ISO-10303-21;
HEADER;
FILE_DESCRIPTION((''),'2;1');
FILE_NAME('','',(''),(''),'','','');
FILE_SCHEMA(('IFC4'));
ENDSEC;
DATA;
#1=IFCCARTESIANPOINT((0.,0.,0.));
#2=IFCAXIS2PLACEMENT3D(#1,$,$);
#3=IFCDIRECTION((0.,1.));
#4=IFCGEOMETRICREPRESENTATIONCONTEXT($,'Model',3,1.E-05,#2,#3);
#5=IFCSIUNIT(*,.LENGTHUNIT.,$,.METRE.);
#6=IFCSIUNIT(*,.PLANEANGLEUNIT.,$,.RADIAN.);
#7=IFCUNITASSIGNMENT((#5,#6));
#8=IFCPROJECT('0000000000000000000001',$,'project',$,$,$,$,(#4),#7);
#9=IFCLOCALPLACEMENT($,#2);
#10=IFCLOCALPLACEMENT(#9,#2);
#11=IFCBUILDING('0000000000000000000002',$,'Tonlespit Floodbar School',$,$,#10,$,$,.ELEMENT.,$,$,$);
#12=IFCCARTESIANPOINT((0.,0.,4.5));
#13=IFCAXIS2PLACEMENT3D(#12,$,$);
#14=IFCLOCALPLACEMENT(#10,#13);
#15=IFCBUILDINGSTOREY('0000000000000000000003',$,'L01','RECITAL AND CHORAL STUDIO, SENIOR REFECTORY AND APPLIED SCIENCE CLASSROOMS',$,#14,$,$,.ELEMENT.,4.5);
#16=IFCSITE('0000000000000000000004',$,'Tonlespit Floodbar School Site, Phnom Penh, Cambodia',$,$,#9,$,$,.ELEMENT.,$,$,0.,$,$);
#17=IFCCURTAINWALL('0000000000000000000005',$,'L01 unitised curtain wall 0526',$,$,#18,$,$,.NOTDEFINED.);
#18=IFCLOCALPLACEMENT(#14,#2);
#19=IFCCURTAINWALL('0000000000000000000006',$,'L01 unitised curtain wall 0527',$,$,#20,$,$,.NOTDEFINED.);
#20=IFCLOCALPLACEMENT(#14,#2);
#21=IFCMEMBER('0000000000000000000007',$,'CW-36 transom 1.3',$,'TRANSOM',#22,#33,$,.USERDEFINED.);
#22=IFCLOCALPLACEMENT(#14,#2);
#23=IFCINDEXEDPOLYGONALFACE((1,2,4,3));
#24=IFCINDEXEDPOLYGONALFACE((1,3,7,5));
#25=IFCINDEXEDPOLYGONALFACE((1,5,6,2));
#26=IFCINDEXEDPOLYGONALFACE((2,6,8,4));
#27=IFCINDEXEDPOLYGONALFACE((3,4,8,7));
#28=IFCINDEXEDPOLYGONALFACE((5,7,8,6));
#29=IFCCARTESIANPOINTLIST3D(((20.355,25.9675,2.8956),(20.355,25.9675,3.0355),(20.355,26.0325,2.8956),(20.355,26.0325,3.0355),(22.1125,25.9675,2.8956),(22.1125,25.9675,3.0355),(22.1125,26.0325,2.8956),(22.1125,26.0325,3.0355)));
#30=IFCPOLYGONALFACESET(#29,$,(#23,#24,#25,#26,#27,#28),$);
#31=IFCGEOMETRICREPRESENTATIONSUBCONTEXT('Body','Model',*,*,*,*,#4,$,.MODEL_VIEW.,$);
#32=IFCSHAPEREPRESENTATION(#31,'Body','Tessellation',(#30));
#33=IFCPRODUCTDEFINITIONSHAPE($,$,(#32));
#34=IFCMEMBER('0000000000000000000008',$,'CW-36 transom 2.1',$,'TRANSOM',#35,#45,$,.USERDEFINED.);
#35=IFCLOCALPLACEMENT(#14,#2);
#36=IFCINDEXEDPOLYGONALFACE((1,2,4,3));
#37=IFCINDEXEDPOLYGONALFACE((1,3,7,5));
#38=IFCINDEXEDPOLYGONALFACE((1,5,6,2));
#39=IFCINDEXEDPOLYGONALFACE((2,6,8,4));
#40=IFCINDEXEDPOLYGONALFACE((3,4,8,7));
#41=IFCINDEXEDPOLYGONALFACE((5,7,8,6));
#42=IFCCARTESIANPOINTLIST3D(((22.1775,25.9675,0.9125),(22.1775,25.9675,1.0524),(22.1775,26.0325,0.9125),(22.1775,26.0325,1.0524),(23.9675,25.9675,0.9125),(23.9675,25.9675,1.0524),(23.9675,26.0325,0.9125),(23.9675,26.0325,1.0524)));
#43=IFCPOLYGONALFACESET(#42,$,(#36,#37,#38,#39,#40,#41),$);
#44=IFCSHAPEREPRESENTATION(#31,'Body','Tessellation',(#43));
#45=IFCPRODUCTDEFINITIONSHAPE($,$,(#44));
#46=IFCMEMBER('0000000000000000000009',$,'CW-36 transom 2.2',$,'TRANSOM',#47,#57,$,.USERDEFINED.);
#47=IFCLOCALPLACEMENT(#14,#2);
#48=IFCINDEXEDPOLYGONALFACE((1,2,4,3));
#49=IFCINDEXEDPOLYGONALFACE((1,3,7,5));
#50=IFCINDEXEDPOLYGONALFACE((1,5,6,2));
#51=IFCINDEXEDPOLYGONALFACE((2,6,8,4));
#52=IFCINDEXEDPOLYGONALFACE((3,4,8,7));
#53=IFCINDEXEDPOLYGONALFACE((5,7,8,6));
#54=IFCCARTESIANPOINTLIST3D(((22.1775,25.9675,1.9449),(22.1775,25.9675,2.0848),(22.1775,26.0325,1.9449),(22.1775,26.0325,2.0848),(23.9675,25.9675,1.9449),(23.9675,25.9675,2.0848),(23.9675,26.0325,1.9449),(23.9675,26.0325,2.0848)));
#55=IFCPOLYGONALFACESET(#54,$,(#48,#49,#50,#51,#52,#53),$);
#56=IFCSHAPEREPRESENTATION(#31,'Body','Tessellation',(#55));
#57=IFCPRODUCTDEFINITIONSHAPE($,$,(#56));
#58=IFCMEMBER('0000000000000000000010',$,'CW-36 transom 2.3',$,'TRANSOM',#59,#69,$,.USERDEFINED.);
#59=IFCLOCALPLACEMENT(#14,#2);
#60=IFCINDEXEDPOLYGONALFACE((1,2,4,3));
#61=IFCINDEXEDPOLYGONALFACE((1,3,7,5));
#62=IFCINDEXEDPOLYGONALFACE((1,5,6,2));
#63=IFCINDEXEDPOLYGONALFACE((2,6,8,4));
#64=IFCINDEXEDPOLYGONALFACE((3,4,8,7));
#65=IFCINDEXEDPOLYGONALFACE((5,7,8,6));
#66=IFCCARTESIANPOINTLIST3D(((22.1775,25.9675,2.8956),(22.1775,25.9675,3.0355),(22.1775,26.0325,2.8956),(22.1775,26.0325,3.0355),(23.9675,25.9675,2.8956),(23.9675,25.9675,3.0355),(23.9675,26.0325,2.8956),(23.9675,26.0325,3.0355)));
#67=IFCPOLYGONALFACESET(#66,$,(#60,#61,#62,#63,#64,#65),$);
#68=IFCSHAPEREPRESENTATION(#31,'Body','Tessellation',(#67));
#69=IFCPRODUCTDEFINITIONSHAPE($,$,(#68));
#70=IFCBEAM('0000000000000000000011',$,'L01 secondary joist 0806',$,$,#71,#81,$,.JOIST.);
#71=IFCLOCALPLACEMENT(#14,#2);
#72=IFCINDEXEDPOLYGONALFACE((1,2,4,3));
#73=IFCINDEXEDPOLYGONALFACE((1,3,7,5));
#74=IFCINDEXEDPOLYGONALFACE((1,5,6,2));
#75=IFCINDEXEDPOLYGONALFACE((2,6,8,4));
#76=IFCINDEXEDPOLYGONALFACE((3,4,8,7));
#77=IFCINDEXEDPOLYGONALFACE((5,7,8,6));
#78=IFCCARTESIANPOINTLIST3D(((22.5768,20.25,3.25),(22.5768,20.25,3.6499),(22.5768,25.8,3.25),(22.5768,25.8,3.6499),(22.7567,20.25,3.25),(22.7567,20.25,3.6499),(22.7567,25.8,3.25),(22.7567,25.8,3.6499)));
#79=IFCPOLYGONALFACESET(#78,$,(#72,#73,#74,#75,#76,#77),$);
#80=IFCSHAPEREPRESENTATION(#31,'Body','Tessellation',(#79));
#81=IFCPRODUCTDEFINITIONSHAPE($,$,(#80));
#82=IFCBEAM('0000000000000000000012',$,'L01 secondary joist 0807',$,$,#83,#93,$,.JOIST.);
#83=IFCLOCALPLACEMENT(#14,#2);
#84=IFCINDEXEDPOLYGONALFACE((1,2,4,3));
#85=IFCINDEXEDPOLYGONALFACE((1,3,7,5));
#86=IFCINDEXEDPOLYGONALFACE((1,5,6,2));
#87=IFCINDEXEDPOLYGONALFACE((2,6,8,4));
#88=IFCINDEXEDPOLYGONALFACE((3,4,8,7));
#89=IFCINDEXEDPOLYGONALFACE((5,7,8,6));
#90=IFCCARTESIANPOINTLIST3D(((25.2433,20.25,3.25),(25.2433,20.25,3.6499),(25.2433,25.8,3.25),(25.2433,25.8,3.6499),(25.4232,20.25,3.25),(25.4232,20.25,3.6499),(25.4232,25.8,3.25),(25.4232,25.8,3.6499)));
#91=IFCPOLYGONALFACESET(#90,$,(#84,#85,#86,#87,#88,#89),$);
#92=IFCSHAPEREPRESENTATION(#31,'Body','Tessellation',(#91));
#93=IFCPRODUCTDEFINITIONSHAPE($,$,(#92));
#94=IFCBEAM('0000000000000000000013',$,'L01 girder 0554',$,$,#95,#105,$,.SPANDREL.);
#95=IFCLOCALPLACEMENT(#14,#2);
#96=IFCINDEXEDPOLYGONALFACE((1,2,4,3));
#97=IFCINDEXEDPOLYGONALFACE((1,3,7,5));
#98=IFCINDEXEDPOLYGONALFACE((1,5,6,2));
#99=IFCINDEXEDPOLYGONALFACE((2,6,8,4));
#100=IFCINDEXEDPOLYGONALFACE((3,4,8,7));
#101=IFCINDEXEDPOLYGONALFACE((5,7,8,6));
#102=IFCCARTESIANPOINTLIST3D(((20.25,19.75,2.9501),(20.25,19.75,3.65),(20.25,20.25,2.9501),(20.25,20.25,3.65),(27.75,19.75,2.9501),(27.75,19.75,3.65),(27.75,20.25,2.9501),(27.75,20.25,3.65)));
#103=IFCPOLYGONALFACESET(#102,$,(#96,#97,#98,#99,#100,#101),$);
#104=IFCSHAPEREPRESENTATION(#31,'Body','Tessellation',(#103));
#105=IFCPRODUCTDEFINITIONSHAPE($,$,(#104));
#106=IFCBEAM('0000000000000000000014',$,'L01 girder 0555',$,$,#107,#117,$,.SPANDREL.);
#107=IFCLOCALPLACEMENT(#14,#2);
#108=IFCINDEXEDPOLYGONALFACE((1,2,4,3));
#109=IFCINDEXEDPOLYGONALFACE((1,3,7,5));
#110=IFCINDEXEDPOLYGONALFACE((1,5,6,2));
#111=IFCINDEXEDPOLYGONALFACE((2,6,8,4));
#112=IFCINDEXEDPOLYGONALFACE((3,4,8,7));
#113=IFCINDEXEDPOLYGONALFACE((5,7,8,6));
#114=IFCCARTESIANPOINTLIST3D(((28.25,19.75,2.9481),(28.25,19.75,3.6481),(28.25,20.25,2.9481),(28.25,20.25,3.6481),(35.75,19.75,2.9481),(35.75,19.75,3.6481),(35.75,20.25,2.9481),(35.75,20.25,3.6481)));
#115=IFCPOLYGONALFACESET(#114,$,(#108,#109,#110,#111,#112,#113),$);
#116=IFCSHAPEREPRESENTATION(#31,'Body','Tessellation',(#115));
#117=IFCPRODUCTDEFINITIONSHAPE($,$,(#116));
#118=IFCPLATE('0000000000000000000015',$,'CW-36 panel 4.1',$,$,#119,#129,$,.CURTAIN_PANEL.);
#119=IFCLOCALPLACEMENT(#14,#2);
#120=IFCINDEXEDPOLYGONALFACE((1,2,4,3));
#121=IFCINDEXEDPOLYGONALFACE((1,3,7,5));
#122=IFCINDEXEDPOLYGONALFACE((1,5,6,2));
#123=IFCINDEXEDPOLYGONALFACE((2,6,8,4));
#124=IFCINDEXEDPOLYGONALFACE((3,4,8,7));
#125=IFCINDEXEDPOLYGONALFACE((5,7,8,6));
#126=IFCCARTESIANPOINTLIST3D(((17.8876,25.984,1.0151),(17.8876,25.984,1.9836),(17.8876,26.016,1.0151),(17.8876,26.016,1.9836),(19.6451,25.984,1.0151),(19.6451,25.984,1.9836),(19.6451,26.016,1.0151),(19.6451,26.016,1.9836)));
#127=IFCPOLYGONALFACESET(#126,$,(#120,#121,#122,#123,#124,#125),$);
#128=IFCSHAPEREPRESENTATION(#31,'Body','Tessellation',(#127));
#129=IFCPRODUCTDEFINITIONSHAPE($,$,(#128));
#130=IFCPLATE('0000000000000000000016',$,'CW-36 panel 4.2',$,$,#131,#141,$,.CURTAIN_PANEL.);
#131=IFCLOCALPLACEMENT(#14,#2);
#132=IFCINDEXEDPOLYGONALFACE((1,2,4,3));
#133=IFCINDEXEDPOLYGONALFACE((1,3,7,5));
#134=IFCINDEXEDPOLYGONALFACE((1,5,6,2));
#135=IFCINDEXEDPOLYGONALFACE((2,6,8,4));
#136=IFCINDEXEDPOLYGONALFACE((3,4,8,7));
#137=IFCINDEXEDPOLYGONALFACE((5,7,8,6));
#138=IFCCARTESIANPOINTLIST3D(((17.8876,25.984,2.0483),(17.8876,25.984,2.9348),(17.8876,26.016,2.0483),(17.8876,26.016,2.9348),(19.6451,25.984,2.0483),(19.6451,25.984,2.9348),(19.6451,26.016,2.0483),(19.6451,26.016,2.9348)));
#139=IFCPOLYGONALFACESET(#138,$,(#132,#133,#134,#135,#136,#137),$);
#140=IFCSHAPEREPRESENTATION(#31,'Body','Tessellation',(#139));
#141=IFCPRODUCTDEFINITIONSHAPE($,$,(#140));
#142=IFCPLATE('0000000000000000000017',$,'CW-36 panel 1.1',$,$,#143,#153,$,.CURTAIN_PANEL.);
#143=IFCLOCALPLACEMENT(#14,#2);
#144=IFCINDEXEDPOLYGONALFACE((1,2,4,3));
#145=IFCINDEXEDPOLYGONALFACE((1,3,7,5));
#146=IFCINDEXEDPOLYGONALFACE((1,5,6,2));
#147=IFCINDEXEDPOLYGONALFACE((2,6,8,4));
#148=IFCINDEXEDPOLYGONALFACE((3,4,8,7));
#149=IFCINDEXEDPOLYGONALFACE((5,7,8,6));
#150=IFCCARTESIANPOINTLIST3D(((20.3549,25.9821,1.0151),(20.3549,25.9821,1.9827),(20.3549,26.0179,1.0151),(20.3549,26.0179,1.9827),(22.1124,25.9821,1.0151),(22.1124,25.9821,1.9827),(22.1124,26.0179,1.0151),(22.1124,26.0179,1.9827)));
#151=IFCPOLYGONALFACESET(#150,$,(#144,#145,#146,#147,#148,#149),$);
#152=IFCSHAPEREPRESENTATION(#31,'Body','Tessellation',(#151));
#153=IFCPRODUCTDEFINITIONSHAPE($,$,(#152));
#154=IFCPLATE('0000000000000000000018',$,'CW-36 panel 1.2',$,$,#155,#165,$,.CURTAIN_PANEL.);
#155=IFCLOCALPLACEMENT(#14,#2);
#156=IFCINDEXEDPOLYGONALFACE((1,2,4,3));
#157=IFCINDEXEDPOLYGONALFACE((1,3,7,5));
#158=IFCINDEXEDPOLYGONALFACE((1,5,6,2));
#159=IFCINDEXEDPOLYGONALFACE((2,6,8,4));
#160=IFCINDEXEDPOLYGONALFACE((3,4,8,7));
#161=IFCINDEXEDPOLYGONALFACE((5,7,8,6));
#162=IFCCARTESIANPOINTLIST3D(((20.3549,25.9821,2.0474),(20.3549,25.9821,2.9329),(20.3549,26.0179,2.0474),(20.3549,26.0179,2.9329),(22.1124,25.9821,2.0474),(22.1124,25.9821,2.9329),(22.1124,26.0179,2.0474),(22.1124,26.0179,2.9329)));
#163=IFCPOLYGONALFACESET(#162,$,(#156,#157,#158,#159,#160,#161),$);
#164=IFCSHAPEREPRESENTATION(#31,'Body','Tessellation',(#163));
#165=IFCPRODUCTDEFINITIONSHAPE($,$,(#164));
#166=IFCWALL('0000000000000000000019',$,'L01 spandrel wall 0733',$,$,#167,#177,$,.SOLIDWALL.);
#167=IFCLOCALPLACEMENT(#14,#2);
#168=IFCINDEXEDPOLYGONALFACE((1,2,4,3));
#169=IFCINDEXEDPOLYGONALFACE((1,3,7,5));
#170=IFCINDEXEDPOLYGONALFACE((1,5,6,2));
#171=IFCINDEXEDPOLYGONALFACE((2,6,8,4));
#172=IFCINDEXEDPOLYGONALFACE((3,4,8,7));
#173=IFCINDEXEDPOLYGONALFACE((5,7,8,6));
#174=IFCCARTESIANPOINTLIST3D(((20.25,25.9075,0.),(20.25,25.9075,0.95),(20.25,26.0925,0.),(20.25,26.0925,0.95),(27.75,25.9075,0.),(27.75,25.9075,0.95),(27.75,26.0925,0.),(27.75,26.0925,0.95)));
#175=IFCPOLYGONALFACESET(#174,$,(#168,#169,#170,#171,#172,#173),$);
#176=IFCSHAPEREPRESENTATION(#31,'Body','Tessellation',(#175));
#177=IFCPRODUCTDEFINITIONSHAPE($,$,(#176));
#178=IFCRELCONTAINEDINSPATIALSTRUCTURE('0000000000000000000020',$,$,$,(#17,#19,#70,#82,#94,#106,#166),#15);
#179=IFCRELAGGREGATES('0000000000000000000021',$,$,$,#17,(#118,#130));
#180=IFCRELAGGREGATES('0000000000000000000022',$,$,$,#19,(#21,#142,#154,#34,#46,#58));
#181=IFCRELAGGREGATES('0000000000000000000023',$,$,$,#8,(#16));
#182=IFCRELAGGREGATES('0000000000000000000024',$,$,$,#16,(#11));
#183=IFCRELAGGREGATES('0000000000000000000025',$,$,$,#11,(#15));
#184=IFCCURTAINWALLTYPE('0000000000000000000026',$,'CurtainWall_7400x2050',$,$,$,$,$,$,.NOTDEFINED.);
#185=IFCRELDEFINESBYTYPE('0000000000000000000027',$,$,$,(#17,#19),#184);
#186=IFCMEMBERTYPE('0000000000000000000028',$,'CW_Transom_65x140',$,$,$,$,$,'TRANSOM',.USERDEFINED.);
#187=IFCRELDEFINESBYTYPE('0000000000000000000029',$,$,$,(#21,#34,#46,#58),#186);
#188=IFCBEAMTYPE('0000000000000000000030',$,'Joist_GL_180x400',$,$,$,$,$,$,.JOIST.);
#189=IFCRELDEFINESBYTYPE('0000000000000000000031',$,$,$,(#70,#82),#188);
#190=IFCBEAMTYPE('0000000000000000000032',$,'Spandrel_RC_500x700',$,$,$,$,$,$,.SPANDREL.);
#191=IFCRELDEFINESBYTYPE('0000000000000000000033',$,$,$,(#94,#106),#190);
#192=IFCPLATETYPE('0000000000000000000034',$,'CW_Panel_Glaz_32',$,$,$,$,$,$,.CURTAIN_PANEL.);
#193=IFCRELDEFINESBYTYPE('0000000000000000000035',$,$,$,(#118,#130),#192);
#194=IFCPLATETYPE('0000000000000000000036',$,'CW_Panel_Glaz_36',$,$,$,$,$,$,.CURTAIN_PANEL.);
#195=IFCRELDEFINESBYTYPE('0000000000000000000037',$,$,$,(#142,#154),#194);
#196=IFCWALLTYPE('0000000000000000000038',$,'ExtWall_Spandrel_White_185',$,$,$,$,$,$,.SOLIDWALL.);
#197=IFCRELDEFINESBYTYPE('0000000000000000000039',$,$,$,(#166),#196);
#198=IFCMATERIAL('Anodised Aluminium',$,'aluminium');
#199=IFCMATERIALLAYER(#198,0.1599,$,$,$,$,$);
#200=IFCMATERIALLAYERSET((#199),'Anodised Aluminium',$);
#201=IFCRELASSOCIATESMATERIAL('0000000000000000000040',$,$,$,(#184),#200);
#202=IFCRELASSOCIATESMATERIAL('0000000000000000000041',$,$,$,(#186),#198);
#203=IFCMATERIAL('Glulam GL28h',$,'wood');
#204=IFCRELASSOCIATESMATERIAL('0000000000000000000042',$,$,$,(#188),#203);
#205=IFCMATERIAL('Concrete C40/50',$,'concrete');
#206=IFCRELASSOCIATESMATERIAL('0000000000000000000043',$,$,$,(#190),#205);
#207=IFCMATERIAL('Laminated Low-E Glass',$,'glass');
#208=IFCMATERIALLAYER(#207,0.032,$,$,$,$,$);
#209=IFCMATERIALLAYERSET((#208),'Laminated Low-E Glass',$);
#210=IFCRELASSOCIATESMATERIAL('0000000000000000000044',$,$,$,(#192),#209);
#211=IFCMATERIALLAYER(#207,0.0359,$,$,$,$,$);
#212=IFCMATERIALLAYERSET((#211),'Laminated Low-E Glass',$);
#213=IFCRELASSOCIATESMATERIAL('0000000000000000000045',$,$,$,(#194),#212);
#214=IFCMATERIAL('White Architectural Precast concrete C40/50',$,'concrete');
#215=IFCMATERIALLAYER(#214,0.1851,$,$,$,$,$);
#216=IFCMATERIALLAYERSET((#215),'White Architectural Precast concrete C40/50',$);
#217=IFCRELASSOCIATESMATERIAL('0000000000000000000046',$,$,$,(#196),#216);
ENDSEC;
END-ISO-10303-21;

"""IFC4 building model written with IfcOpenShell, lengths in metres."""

from ifc_helpers import new_model, si_unit, direction, frame, frame_2d, origin, origin_2d, place, context, subcontext, project, spatial, rectangle, extrude, material, layer, layer_set, material_profile, profile_set, type_object, element, aggregate, save


model = new_model("IFC4")

# Units and contexts
model_context = context("Model", 3, precision=1e-05, world=origin(), true_north=direction((0.0, 1.0)))
body_context = subcontext(model_context, "Body", "Model", "MODEL_VIEW")
ifc_project = project(units=[si_unit("LENGTHUNIT", "METRE"), si_unit("PLANEANGLEUNIT", "RADIAN")], contexts=[model_context])

# Site, building, storey
site_placement = place(None, origin())
site = spatial("IfcSite", under=ifc_project, at=site_placement, Name="Tonlespit Floodbar School Site, Phnom Penh, Cambodia", CompositionType="ELEMENT", RefElevation=0.0)
building_placement = place(site_placement, origin())
building = spatial("IfcBuilding", under=site, at=building_placement, Name="Tonlespit Floodbar School", CompositionType="ELEMENT")
storey_placement = place(building_placement, frame((0.0, 0.0, 4.5)))
storey = spatial("IfcBuildingStorey", under=building, at=storey_placement, Name="L01", Description="RECITAL AND CHORAL STUDIO, SENIOR REFECTORY AND APPLIED SCIENCE CLASSROOMS", CompositionType="ELEMENT", Elevation=4.5)

# Shared definitions
ifc_material_1 = material(Name="Concrete C40/50", Category="concrete")

# Curtain wall
ifc_material_2 = material(Name="Anodised Aluminium", Category="aluminium")
ifc_layer_1 = layer(ifc_material_2, 0.1599)
ifc_layer_set_1 = layer_set([ifc_layer_1], Name="Anodised Aluminium")
curtain_wall_type = type_object("IfcCurtainWallType", Name="CurtainWall_7400x2050", PredefinedType="NOTDEFINED", material=ifc_layer_set_1)
curtain_wall_1_placement = place(storey_placement, origin())
curtain_wall_1 = element("IfcCurtainWall", 1, at=curtain_wall_1_placement, inside=storey, type_object=curtain_wall_type, Name="L01 unitised curtain wall 0526", PredefinedType="NOTDEFINED")

# Curtain wall
curtain_wall_2_placement = place(storey_placement, origin())
curtain_wall_2 = element("IfcCurtainWall", 2, at=curtain_wall_2_placement, inside=storey, type_object=curtain_wall_type, Name="L01 unitised curtain wall 0527", PredefinedType="NOTDEFINED")

# Members
ifc_material_profile_1 = material_profile(ifc_material_2, rectangle(XDim=0.0649, YDim=0.1399, at=origin_2d()), Name="ALU T65x140")
ifc_profile_set_1 = profile_set([ifc_material_profile_1], Name="Anodised Aluminium")
member_type_1 = type_object("IfcMemberType", Name="CW_Transom_65x140", ElementType="TRANSOM", PredefinedType="USERDEFINED", material=ifc_profile_set_1)
member_1_placement = place(storey_placement, frame((20.355, 26.0, 2.9656), z_axis=(1.0, 0.0, 0.0), x_axis=(0.0, 1.0, 0.0)))
member_1 = element("IfcMember", 3, at=member_1_placement, type_object=member_type_1, Name="CW-36 transom 1.3", ObjectType="TRANSOM", PredefinedType="USERDEFINED", context=body_context, shape_type="SweptSolid", body=[
    extrude(rectangle(XDim=0.0649, YDim=0.1399, at=origin_2d()), origin(), (0.0, 0.0, 1.0), 1.7576),
])
member_2_placement = place(storey_placement, frame((22.1775, 26.0, 0.9824), z_axis=(1.0, 0.0, 0.0), x_axis=(0.0, 1.0, 0.0)))
member_2 = element("IfcMember", 4, at=member_2_placement, type_object=member_type_1, Name="CW-36 transom 2.1", ObjectType="TRANSOM", PredefinedType="USERDEFINED", context=body_context, shape_type="SweptSolid", body=[
    extrude(rectangle(XDim=0.0649, YDim=0.1399, at=origin_2d()), origin(), (0.0, 0.0, 1.0), 1.79),
])
member_3_placement = place(storey_placement, frame((22.1775, 26.0, 2.0149), z_axis=(1.0, 0.0, 0.0), x_axis=(0.0, 1.0, 0.0)))
member_3 = element("IfcMember", 5, at=member_3_placement, type_object=member_type_1, Name="CW-36 transom 2.2", ObjectType="TRANSOM", PredefinedType="USERDEFINED", context=body_context, shape_type="SweptSolid", body=[
    extrude(rectangle(XDim=0.0649, YDim=0.1399, at=origin_2d()), origin(), (0.0, 0.0, 1.0), 1.79),
])
member_4_placement = place(storey_placement, frame((22.1775, 26.0, 2.9656), z_axis=(1.0, 0.0, 0.0), x_axis=(0.0, 1.0, 0.0)))
member_4 = element("IfcMember", 6, at=member_4_placement, type_object=member_type_1, Name="CW-36 transom 2.3", ObjectType="TRANSOM", PredefinedType="USERDEFINED", context=body_context, shape_type="SweptSolid", body=[
    extrude(rectangle(XDim=0.0649, YDim=0.1399, at=origin_2d()), origin(), (0.0, 0.0, 1.0), 1.79),
])

# Beams
ifc_material_3 = material(Name="Glulam GL28h", Category="wood")
ifc_material_profile_2 = material_profile(ifc_material_3, rectangle(XDim=0.1799, YDim=0.3999, at=origin_2d()), Name="GL 180x400")
ifc_profile_set_2 = profile_set([ifc_material_profile_2], Name="Glulam GL28h")
beam_type_1 = type_object("IfcBeamType", Name="Joist_GL_180x400", PredefinedType="JOIST", material=ifc_profile_set_2)
for number, where, z_axis, x_axis, name in (
    (7, (22.6667, 20.25, 3.45), (0.0, 1.0, 0.0), (-1.0, 0.0, 0.0), "L01 secondary joist 0806"),
    (8, (25.3333, 20.25, 3.45), (0.0, 1.0, 0.0), (-1.0, 0.0, 0.0), "L01 secondary joist 0807"),
):
    element("IfcBeam", number, at=place(storey_placement, frame(where, z_axis=z_axis, x_axis=x_axis)), inside=storey, type_object=beam_type_1, Name=name, PredefinedType="JOIST", context=body_context, shape_type="SweptSolid", body=[
        extrude(rectangle(XDim=0.1799, YDim=0.3999, at=origin_2d()), origin(), (0.0, 0.0, 1.0), 5.55),
    ])
ifc_material_profile_3 = material_profile(ifc_material_1, rectangle(XDim=0.5, YDim=0.7, at=origin_2d()), Name="RC 500x700")
ifc_profile_set_3 = profile_set([ifc_material_profile_3], Name="Concrete C40/50")
beam_type_2 = type_object("IfcBeamType", Name="Spandrel_RC_500x700", PredefinedType="SPANDREL", material=ifc_profile_set_3)
for number, where, z_axis, x_axis, name in (
    (9, (20.25, 20.0, 3.3), (1.0, 0.0, 0.0), (0.0, 1.0, 0.0), "L01 girder 0554"),
    (10, (28.25, 20.0, 3.2981), (1.0, 0.0, 0.0), (0.0, 1.0, 0.0), "L01 girder 0555"),
):
    element("IfcBeam", number, at=place(storey_placement, frame(where, z_axis=z_axis, x_axis=x_axis)), inside=storey, type_object=beam_type_2, Name=name, PredefinedType="SPANDREL", context=body_context, shape_type="SweptSolid", body=[
        extrude(rectangle(XDim=0.5, YDim=0.7, at=origin_2d()), origin(), (0.0, 0.0, 1.0), 7.5),
    ])

# Plates
ifc_material_4 = material(Name="Laminated Low-E Glass", Category="glass")
ifc_layer_2 = layer(ifc_material_4, 0.032)
ifc_layer_set_2 = layer_set([ifc_layer_2], Name="Laminated Low-E Glass")
plate_type_1 = type_object("IfcPlateType", Name="CW_Panel_Glaz_32", PredefinedType="CURTAIN_PANEL", material=ifc_layer_set_2)
plate_1_placement = place(storey_placement, frame((18.7664, 26.0, 1.0151), z_axis=(0.0, 0.0, 1.0), x_axis=(1.0, 0.0, 0.0)))
plate_1 = element("IfcPlate", 11, at=plate_1_placement, type_object=plate_type_1, Name="CW-36 panel 4.1", PredefinedType="CURTAIN_PANEL", context=body_context, shape_type="SweptSolid", body=[
    extrude(rectangle(XDim=1.7576, YDim=0.032, at=origin_2d()), origin(), (0.0, 0.0, 1.0), 0.9685),
])
plate_2_placement = place(storey_placement, frame((18.7664, 26.0, 2.0483), z_axis=(0.0, 0.0, 1.0), x_axis=(1.0, 0.0, 0.0)))
plate_2 = element("IfcPlate", 12, at=plate_2_placement, type_object=plate_type_1, Name="CW-36 panel 4.2", PredefinedType="CURTAIN_PANEL", context=body_context, shape_type="SweptSolid", body=[
    extrude(rectangle(XDim=1.7576, YDim=0.032, at=origin_2d()), origin(), (0.0, 0.0, 1.0), 0.8865),
])
aggregate(curtain_wall_1, [plate_1, plate_2])
ifc_layer_3 = layer(ifc_material_4, 0.0359)
ifc_layer_set_3 = layer_set([ifc_layer_3], Name="Laminated Low-E Glass")
plate_type_2 = type_object("IfcPlateType", Name="CW_Panel_Glaz_36", PredefinedType="CURTAIN_PANEL", material=ifc_layer_set_3)
plate_3_placement = place(storey_placement, frame((21.2336, 26.0, 1.0151), z_axis=(0.0, 0.0, 1.0), x_axis=(1.0, 0.0, 0.0)))
plate_3 = element("IfcPlate", 13, at=plate_3_placement, type_object=plate_type_2, Name="CW-36 panel 1.1", PredefinedType="CURTAIN_PANEL", context=body_context, shape_type="SweptSolid", body=[
    extrude(rectangle(XDim=1.7576, YDim=0.0359, at=origin_2d()), origin(), (0.0, 0.0, 1.0), 0.9675),
])
plate_4_placement = place(storey_placement, frame((21.2336, 26.0, 2.0474), z_axis=(0.0, 0.0, 1.0), x_axis=(1.0, 0.0, 0.0)))
plate_4 = element("IfcPlate", 14, at=plate_4_placement, type_object=plate_type_2, Name="CW-36 panel 1.2", PredefinedType="CURTAIN_PANEL", context=body_context, shape_type="SweptSolid", body=[
    extrude(rectangle(XDim=1.7576, YDim=0.0359, at=origin_2d()), origin(), (0.0, 0.0, 1.0), 0.8855),
])
aggregate(curtain_wall_2, [member_1, plate_3, plate_4, member_2, member_3, member_4])

# Wall
ifc_material_5 = material(Name="White Architectural Precast concrete C40/50", Category="concrete")
ifc_layer_4 = layer(ifc_material_5, 0.1851)
ifc_layer_set_4 = layer_set([ifc_layer_4], Name="White Architectural Precast concrete C40/50")
wall_type = type_object("IfcWallType", Name="ExtWall_Spandrel_White_185", PredefinedType="SOLIDWALL", material=ifc_layer_set_4)
wall_placement = place(storey_placement, frame((20.25, 26.0, 0.0), z_axis=(0.0, 0.0, 1.0), x_axis=(1.0, 0.0, 0.0)))
element("IfcWall", 15, at=wall_placement, inside=storey, type_object=wall_type, Name="L01 spandrel wall 0733", PredefinedType="SOLIDWALL", context=body_context, shape_type="SweptSolid", body=[
    extrude(rectangle(XDim=7.5, YDim=0.1851, at=frame_2d((3.75, 0.0))), origin(), (0.0, 0.0, 1.0), 0.95),
])

save(model, "model.ifc")
